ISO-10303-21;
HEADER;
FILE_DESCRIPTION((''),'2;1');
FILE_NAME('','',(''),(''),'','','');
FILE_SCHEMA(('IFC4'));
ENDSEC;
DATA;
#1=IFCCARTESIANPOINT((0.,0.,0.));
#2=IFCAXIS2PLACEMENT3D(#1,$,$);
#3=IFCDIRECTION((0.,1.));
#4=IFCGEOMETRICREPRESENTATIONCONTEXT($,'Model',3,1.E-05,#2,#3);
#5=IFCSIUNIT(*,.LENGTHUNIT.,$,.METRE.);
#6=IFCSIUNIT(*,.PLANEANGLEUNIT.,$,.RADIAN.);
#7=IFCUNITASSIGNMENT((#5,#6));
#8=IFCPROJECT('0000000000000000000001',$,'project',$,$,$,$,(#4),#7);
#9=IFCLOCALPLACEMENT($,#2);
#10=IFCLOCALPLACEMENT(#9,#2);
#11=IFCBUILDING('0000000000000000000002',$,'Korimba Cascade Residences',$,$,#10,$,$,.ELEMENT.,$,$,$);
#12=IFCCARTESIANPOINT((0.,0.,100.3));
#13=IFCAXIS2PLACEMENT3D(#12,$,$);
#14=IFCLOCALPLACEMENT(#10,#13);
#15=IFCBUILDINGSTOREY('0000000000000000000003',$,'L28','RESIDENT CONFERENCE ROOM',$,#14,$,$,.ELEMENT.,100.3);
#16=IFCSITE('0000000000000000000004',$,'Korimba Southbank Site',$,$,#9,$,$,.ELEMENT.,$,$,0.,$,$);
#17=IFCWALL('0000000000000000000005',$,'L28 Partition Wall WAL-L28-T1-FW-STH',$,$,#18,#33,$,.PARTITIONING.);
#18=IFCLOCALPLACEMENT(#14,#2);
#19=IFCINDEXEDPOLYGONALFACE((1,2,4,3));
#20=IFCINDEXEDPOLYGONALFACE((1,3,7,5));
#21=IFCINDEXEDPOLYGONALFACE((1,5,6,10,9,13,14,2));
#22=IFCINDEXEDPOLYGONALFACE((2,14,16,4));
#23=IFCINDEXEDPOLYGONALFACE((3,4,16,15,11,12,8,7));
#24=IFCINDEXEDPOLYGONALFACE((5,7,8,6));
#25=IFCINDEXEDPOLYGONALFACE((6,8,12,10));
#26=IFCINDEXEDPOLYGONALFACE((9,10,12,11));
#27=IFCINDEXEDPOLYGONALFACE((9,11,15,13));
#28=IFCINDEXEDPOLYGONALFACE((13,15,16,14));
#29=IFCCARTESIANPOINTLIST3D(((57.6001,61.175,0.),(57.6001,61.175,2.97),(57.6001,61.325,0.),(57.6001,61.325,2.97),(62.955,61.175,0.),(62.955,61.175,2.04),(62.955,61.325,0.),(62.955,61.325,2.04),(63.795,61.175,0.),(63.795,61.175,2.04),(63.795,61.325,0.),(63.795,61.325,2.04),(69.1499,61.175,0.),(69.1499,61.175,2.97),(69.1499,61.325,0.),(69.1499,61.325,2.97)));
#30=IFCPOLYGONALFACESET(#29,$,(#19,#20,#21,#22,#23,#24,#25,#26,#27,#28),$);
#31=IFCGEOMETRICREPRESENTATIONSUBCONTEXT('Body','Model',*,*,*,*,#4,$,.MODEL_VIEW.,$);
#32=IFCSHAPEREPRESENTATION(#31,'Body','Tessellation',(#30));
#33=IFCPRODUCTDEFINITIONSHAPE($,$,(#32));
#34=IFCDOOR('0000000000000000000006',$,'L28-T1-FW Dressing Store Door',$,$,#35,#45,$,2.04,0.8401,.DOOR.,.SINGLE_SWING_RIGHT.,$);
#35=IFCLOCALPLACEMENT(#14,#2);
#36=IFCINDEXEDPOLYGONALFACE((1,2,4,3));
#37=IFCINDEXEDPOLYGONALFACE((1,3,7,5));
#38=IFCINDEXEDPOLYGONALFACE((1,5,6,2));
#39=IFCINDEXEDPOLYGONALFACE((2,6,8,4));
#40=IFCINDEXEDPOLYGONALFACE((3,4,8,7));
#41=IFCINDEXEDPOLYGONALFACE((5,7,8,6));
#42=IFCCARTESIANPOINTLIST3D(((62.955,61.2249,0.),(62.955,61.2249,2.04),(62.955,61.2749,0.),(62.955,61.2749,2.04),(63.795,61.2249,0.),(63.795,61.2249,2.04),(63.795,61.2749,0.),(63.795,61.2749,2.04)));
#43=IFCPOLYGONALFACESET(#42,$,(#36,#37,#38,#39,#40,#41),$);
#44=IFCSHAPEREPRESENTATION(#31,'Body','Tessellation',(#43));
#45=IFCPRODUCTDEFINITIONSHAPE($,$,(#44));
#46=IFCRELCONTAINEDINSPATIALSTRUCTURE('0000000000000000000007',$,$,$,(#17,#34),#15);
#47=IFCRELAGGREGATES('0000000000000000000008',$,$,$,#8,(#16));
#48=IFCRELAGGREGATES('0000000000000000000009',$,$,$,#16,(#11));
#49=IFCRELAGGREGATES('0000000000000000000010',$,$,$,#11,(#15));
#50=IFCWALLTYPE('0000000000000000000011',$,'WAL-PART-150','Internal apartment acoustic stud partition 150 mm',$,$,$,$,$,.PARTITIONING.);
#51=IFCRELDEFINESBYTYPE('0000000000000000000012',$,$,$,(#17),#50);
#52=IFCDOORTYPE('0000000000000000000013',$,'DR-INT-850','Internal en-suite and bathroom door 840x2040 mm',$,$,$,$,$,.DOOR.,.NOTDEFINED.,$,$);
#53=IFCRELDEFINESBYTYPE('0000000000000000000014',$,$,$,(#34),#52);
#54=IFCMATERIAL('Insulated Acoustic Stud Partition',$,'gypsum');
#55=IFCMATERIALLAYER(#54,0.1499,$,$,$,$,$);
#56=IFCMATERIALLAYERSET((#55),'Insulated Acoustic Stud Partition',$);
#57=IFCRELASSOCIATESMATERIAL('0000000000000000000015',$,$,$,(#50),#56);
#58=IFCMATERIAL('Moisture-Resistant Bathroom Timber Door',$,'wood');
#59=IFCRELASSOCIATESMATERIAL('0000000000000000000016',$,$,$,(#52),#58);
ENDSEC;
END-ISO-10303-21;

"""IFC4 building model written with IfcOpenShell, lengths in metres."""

from ifc_helpers import new_model, si_unit, direction, frame, frame_2d, origin, place, context, subcontext, project, spatial, rectangle, extrude, material, layer, layer_set, type_object, element, fill, save


model = new_model("IFC4")

# Units and contexts
model_context = context("Model", 3, precision=1e-05, world=origin(), true_north=direction((0.0, 1.0)))
body_context = subcontext(model_context, "Body", "Model", "MODEL_VIEW")
ifc_project = project(units=[si_unit("LENGTHUNIT", "METRE"), si_unit("PLANEANGLEUNIT", "RADIAN")], contexts=[model_context])

# Site, building, storey
site_placement = place(None, origin())
site = spatial("IfcSite", under=ifc_project, at=site_placement, Name="Korimba Southbank Site", CompositionType="ELEMENT", RefElevation=0.0)
building_placement = place(site_placement, origin())
building = spatial("IfcBuilding", under=site, at=building_placement, Name="Korimba Cascade Residences", CompositionType="ELEMENT")
storey_placement = place(building_placement, frame((0.0, 0.0, 100.3)))
storey = spatial("IfcBuildingStorey", under=building, at=storey_placement, Name="L28", Description="RESIDENT CONFERENCE ROOM", CompositionType="ELEMENT", Elevation=100.3)

# Wall, opening, door
ifc_material_1 = material(Name="Insulated Acoustic Stud Partition", Category="gypsum")
ifc_layer_1 = layer(ifc_material_1, 0.1499)
ifc_layer_set_1 = layer_set([ifc_layer_1], Name="Insulated Acoustic Stud Partition")
wall_type_1 = type_object("IfcWallType", Name="WAL-PART-150", Description="Internal apartment acoustic stud partition 150 mm", PredefinedType="PARTITIONING", material=ifc_layer_set_1)
wall_1_placement = place(storey_placement, frame((57.6001, 61.25, 0.0), z_axis=(0.0, 0.0, 1.0), x_axis=(1.0, 0.0, 0.0)))
wall_1 = element("IfcWall", 1, at=wall_1_placement, inside=storey, type_object=wall_type_1, Name="L28 Partition Wall WAL-L28-T1-FW-STH", PredefinedType="PARTITIONING", context=body_context, shape_type="SweptSolid", body=[
    extrude(rectangle(XDim=11.5498, YDim=0.1499, at=frame_2d((5.7749, 0.0))), origin(), (0.0, 0.0, 1.0), 2.97),
])
opening_1_placement = place(wall_1_placement, frame((5.355, 0.0, 0.0)))
opening_1 = element("IfcOpeningElement", 2, at=opening_1_placement, cuts=wall_1, PredefinedType="OPENING", context=body_context, shape_type="SweptSolid", body=[
    extrude(rectangle(XDim=0.8401, YDim=2.04, at=frame_2d((0.4199, 1.02))), frame((0.0, 0.085, 0.0), z_axis=(0.0, -1.0, 0.0), x_axis=(1.0, 0.0, 0.0)), (0.0, 0.0, 1.0), 0.1699),
])
ifc_material_2 = material(Name="Moisture-Resistant Bathroom Timber Door", Category="wood")
door_type_1 = type_object("IfcDoorType", Name="DR-INT-850", Description="Internal en-suite and bathroom door 840x2040 mm", OperationType="NOTDEFINED", PredefinedType="DOOR", material=ifc_material_2)
door_1_placement = place(opening_1_placement, origin())
door_1 = element("IfcDoor", 3, at=door_1_placement, inside=storey, type_object=door_type_1, Name="L28-T1-FW Dressing Store Door", OperationType="SINGLE_SWING_RIGHT", OverallHeight=2.04, OverallWidth=0.8401, PredefinedType="DOOR", context=body_context, shape_type="SweptSolid", body=[
    extrude(rectangle(XDim=0.8401, YDim=2.04, at=frame_2d((0.4199, 1.02))), frame((0.0, 0.0249, 0.0), z_axis=(0.0, -1.0, 0.0), x_axis=(1.0, 0.0, 0.0)), (0.0, 0.0, 1.0), 0.05),
])
fill(opening_1, door_1)

save(model, "model.ifc")
